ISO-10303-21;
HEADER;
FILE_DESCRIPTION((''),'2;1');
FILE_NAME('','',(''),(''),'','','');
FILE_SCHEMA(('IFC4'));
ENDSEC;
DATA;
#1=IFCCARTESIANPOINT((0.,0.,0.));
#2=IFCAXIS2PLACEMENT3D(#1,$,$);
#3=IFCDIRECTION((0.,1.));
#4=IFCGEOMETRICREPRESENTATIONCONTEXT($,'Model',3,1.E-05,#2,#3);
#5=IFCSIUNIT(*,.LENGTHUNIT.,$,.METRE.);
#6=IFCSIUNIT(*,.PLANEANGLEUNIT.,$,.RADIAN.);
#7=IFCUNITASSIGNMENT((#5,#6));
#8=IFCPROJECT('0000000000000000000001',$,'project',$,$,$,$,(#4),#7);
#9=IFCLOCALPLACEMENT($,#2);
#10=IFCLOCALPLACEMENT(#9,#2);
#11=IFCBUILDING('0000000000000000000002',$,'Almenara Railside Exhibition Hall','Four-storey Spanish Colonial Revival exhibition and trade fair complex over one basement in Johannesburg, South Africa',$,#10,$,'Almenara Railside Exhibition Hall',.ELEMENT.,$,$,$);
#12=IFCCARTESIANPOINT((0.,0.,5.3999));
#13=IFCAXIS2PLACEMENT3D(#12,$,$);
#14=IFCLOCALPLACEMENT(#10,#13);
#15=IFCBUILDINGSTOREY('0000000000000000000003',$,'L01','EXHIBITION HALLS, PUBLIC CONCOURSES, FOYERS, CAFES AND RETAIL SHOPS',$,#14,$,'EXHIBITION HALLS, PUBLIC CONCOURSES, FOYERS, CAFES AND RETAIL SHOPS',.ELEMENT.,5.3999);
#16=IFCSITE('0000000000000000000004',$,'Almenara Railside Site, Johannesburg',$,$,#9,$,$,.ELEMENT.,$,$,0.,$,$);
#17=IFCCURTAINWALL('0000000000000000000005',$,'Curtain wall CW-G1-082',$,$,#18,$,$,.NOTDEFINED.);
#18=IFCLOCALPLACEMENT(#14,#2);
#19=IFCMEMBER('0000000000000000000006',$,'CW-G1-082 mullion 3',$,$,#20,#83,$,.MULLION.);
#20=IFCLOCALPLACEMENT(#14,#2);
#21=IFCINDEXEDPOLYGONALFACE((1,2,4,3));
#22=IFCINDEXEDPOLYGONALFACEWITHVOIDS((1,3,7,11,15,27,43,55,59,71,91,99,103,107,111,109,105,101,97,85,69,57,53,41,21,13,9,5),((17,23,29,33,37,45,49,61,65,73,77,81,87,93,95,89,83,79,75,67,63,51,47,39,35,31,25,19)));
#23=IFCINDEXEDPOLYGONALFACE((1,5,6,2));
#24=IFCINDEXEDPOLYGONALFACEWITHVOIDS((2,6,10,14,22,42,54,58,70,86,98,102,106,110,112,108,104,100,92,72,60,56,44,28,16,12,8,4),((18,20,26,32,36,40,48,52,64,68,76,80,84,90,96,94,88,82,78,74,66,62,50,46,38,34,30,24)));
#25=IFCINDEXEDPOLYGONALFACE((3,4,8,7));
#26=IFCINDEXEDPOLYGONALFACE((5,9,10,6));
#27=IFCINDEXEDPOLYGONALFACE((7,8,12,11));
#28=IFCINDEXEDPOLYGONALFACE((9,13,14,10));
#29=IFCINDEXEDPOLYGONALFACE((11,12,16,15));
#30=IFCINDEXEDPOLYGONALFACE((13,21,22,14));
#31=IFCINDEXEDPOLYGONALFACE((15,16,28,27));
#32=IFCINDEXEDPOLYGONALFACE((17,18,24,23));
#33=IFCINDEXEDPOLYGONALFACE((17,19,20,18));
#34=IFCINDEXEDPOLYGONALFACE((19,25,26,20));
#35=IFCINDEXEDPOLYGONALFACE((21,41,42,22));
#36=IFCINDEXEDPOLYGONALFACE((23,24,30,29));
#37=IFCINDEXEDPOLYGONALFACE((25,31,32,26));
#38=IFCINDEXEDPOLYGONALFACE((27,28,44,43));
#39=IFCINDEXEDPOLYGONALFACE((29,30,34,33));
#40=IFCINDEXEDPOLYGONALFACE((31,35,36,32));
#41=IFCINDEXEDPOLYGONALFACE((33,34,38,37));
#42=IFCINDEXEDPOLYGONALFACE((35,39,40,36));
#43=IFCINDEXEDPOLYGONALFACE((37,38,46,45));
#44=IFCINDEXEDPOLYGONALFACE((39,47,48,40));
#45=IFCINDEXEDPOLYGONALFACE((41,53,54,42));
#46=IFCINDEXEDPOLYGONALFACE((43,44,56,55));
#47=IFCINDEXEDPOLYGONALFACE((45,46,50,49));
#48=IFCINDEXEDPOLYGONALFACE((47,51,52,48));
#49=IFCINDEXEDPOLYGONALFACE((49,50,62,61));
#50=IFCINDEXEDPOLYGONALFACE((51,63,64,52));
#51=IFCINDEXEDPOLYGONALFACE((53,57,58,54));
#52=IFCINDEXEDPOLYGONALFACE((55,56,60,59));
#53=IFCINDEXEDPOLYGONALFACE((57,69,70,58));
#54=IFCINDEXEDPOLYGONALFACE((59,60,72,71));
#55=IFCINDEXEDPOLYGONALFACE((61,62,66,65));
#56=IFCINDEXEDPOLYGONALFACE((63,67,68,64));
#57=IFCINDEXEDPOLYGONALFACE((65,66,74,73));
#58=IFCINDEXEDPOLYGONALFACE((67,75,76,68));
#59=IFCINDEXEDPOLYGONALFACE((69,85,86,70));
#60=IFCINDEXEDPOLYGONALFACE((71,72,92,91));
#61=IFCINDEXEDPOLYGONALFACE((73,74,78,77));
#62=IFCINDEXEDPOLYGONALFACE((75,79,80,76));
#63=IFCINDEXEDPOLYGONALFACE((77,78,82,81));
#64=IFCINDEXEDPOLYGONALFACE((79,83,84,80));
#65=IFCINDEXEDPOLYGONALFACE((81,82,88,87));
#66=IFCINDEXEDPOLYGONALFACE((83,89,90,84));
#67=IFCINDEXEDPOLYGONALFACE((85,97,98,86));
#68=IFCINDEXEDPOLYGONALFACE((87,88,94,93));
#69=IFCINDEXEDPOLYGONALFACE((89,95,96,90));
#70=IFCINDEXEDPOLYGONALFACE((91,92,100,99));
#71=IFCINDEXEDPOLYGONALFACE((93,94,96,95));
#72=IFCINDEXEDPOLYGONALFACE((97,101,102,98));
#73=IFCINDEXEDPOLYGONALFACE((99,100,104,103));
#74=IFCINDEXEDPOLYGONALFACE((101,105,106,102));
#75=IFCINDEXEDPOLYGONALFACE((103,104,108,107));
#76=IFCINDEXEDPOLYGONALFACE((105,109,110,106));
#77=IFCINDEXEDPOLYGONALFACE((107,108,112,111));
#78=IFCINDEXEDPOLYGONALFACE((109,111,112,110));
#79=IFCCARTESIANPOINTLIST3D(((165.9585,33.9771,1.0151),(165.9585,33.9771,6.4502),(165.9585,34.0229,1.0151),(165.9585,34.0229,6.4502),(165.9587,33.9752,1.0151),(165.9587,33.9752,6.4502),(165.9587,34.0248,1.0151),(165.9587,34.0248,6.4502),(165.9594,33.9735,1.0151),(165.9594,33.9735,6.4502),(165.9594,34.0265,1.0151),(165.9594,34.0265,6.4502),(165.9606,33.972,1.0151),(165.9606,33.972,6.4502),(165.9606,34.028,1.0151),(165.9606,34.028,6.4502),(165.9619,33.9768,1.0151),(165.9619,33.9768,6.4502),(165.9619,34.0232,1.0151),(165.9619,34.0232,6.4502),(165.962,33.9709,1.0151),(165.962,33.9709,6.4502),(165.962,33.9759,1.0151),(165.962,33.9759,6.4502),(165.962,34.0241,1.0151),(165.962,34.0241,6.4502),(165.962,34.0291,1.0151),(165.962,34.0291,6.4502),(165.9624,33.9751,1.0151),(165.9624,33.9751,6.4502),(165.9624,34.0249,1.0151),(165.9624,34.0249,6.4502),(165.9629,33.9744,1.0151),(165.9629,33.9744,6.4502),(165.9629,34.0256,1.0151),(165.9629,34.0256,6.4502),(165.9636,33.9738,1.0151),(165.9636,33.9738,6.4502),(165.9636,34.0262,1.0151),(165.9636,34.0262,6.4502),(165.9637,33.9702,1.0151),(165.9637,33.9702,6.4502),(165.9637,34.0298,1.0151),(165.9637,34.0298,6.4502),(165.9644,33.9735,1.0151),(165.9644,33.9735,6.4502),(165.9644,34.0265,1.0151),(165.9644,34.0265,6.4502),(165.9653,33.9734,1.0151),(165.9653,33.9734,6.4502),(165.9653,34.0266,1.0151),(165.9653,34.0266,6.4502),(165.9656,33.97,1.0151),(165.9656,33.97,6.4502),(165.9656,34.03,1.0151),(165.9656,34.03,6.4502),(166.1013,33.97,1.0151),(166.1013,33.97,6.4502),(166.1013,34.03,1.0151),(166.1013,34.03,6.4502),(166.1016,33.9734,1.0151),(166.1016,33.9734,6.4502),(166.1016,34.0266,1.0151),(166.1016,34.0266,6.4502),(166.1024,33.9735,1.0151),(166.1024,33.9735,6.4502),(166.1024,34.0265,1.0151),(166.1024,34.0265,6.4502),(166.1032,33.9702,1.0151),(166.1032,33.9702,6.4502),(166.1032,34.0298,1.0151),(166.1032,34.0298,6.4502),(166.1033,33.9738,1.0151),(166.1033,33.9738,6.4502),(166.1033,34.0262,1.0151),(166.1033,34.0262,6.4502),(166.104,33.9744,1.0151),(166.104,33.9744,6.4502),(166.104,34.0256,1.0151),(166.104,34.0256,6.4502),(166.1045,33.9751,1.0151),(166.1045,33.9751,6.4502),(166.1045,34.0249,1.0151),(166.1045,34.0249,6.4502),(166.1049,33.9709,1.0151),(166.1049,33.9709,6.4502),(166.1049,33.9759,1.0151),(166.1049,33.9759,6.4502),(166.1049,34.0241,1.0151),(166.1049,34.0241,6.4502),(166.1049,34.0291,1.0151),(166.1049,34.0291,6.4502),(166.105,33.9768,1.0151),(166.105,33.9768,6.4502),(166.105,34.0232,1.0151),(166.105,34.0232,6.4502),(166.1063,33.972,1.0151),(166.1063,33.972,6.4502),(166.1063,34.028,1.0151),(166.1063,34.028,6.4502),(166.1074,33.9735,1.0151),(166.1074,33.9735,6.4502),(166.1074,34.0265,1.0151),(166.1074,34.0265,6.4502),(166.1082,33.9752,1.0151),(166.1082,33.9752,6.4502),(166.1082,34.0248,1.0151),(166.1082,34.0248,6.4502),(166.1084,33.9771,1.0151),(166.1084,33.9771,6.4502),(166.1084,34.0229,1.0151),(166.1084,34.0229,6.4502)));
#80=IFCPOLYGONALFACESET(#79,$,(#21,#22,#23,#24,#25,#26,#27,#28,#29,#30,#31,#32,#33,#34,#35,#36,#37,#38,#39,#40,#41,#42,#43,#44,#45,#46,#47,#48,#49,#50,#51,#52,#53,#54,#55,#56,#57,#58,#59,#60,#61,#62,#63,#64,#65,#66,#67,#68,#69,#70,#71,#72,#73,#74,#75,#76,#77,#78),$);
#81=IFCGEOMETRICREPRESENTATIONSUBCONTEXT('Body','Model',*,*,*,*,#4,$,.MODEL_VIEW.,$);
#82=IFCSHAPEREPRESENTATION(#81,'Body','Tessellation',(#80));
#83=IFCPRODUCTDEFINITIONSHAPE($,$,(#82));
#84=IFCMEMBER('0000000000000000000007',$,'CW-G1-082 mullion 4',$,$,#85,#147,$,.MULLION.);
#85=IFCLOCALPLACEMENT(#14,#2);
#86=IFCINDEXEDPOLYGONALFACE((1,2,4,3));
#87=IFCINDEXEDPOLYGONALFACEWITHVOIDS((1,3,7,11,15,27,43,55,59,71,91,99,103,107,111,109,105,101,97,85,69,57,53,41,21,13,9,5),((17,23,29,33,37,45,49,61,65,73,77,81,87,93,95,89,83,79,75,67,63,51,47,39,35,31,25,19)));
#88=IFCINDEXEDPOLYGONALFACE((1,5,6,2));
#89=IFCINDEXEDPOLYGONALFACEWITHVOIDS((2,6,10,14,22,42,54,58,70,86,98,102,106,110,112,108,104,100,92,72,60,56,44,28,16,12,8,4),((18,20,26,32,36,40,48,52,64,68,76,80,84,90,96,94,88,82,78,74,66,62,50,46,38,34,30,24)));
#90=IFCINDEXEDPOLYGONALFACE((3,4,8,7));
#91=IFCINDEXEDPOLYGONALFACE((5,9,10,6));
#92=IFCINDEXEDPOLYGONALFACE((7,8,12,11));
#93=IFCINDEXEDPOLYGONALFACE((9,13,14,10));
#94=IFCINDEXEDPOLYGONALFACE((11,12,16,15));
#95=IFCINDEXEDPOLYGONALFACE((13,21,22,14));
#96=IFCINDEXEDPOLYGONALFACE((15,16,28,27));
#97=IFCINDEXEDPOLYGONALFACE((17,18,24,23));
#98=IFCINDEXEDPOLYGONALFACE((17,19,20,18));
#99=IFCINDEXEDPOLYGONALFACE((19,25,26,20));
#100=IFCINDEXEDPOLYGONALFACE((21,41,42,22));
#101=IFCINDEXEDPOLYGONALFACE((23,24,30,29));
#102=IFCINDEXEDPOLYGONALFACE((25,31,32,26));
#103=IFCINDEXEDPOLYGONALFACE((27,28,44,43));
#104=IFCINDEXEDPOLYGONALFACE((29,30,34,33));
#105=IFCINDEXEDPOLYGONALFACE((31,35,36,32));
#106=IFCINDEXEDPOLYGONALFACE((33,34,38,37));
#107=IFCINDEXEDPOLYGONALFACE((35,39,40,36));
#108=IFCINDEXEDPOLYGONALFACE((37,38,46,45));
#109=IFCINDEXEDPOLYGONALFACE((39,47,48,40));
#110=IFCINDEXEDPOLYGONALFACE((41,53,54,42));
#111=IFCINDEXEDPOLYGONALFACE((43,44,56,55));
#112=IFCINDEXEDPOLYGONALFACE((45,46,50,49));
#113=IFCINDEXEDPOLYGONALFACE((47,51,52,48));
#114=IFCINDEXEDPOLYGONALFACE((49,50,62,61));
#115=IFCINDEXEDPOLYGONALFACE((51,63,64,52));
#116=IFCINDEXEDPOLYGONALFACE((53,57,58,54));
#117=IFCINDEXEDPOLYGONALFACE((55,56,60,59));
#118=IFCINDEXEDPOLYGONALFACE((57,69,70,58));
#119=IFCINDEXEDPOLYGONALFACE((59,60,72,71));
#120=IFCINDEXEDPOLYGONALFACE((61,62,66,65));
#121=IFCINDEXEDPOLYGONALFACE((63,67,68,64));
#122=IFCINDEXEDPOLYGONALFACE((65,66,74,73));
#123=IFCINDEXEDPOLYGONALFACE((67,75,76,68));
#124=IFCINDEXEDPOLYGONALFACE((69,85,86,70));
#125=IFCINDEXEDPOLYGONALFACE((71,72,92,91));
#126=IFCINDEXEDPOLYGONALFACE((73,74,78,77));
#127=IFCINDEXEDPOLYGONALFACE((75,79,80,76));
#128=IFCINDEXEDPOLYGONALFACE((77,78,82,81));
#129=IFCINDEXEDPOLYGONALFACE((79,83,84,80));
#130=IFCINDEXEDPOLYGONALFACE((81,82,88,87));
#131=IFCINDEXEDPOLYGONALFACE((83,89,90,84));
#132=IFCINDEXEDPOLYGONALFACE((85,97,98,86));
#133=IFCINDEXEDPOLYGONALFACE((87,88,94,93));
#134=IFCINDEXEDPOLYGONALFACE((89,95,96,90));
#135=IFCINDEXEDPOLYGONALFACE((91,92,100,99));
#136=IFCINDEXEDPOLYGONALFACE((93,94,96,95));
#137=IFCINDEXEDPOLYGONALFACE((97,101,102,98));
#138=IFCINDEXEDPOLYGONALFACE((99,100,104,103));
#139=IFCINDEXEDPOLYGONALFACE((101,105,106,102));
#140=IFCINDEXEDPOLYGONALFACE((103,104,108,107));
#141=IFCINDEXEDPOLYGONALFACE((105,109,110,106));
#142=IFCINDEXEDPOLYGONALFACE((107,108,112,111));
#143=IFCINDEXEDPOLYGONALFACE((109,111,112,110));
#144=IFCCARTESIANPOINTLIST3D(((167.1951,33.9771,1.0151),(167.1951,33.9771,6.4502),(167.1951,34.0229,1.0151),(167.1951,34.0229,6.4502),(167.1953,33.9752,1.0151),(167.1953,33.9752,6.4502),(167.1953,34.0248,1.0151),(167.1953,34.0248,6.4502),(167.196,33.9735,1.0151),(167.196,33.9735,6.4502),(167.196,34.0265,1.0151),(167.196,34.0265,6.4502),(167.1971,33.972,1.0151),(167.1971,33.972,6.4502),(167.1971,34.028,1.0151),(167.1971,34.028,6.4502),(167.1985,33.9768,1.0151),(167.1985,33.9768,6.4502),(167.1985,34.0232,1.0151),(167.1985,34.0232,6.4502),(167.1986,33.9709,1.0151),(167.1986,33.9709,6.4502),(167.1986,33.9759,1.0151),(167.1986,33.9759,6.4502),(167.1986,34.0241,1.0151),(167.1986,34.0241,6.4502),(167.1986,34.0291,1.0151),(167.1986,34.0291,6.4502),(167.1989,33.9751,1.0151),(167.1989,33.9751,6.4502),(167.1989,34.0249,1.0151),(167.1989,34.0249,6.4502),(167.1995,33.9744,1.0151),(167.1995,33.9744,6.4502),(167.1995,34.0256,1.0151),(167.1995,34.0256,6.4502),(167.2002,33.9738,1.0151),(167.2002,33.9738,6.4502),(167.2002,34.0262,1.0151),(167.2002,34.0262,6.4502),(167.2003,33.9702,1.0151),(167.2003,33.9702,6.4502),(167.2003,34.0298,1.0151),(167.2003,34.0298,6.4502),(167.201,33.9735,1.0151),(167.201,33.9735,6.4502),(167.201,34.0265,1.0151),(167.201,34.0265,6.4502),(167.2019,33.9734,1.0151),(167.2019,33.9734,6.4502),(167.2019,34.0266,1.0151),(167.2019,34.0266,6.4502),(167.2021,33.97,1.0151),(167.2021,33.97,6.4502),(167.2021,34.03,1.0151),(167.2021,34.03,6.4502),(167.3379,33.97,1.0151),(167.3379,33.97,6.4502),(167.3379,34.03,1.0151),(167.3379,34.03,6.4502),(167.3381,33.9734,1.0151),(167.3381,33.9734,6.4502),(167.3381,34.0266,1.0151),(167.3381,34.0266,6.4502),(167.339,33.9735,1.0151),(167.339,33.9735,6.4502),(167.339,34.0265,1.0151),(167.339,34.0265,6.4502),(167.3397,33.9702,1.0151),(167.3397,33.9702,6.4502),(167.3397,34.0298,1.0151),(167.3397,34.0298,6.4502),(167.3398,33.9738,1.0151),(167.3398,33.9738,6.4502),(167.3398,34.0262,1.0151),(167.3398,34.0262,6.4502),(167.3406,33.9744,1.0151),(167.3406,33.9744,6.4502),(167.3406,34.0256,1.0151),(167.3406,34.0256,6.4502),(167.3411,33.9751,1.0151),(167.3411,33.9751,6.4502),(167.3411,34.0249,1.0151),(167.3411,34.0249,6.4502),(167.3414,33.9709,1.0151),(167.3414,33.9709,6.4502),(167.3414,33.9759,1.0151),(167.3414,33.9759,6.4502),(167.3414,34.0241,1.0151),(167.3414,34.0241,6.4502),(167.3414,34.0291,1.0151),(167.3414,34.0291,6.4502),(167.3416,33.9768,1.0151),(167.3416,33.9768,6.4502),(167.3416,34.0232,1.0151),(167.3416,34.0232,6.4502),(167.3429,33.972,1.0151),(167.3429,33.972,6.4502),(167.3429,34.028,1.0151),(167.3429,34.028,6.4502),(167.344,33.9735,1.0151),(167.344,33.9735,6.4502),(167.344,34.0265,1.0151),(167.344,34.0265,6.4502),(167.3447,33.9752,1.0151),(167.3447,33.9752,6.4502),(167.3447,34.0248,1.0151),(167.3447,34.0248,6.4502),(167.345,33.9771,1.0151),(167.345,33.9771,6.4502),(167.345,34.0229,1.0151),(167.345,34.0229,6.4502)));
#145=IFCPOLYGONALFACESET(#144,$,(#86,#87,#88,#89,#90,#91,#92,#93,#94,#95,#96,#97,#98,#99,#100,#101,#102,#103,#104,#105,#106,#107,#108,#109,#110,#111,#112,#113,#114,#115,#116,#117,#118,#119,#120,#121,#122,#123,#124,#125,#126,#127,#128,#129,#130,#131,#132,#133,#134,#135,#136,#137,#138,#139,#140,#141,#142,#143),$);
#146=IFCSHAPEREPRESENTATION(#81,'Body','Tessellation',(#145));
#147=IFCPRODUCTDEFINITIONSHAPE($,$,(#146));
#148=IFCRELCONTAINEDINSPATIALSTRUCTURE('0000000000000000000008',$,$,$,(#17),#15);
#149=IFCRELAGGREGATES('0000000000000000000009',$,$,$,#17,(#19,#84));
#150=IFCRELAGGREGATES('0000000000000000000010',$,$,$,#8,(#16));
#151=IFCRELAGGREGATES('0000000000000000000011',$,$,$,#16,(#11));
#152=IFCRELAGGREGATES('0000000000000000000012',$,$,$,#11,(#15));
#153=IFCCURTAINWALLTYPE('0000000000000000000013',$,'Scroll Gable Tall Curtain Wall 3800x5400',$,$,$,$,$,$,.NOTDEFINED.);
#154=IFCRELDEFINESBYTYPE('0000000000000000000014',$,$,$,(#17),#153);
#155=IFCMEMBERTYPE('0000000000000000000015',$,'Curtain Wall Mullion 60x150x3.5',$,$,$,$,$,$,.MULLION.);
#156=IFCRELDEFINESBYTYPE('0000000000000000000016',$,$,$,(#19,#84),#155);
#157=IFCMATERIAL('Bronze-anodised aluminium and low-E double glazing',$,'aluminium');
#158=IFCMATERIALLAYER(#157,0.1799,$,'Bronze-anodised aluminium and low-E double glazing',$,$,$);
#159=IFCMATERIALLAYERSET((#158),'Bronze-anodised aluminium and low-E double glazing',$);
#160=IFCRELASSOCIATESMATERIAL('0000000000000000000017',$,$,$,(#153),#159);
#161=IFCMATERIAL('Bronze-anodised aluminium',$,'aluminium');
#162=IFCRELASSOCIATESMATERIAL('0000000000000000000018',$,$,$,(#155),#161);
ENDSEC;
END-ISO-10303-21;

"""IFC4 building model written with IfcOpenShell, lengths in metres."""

from ifc_helpers import new_model, si_unit, direction, frame, origin, origin_2d, place, context, subcontext, project, spatial, hollow_rectangle, extrude, material, layer, layer_set, material_profile, profile_set, type_object, element, aggregate, save


model = new_model("IFC4")

# Units and contexts
model_context = context("Model", 3, precision=1e-05, world=origin(), true_north=direction((0.0, 1.0)))
body_context = subcontext(model_context, "Body", "Model", "MODEL_VIEW")
ifc_project = project(units=[si_unit("LENGTHUNIT", "METRE"), si_unit("PLANEANGLEUNIT", "RADIAN")], contexts=[model_context])

# Site, building, storey
site_placement = place(None, origin())
site = spatial("IfcSite", under=ifc_project, at=site_placement, Name="Almenara Railside Site, Johannesburg", CompositionType="ELEMENT", RefElevation=0.0)
building_placement = place(site_placement, origin())
building = spatial("IfcBuilding", under=site, at=building_placement, Name="Almenara Railside Exhibition Hall", Description="Four-storey Spanish Colonial Revival exhibition and trade fair complex over one basement in Johannesburg, South Africa", LongName="Almenara Railside Exhibition Hall", CompositionType="ELEMENT")
storey_placement = place(building_placement, frame((0.0, 0.0, 5.3999)))
storey = spatial("IfcBuildingStorey", under=building, at=storey_placement, Name="L01", Description="EXHIBITION HALLS, PUBLIC CONCOURSES, FOYERS, CAFES AND RETAIL SHOPS", LongName="EXHIBITION HALLS, PUBLIC CONCOURSES, FOYERS, CAFES AND RETAIL SHOPS", CompositionType="ELEMENT", Elevation=5.3999)

# Shared definitions
ifc_material_1 = material(Name="Bronze-anodised aluminium and low-E double glazing", Category="aluminium")
ifc_layer_1 = layer(ifc_material_1, 0.1799, Name="Bronze-anodised aluminium and low-E double glazing")
ifc_layer_set_1 = layer_set([ifc_layer_1], Name="Bronze-anodised aluminium and low-E double glazing")
curtain_wall_type = type_object("IfcCurtainWallType", Name="Scroll Gable Tall Curtain Wall 3800x5400", PredefinedType="NOTDEFINED", material=ifc_layer_set_1)
ifc_material_2 = material(Name="Bronze-anodised aluminium", Category="aluminium")

# Curtain wall, members
curtain_wall_1_placement = place(storey_placement, origin())
curtain_wall_1 = element("IfcCurtainWall", 1, at=curtain_wall_1_placement, inside=storey, type_object=curtain_wall_type, Name="Curtain wall CW-G1-082", PredefinedType="NOTDEFINED")
ifc_material_profile_1 = material_profile(ifc_material_2, hollow_rectangle(XDim=0.0601, YDim=0.1499, WallThickness=0.0034, InnerFilletRadius=0.0034, OuterFilletRadius=0.0071, at=origin_2d()), Name="ALU-MUL 60x150x3.5")
ifc_profile_set_1 = profile_set([ifc_material_profile_1], Name="Bronze-anodised aluminium")
member_type_1 = type_object("IfcMemberType", Name="Curtain Wall Mullion 60x150x3.5", PredefinedType="MULLION", material=ifc_profile_set_1)
member_1_placement = place(storey_placement, frame((166.0334, 34.0, 1.0151), z_axis=(0.0, 0.0, 1.0), x_axis=(0.0, 1.0, 0.0)))
member_1 = element("IfcMember", 2, at=member_1_placement, type_object=member_type_1, Name="CW-G1-082 mullion 3", PredefinedType="MULLION", context=body_context, shape_type="SweptSolid", body=[
    extrude(hollow_rectangle(XDim=0.0601, YDim=0.1499, WallThickness=0.0034, InnerFilletRadius=0.0034, OuterFilletRadius=0.0071, at=origin_2d()), origin(), (0.0, 0.0, 1.0), 5.4351),
])
member_2_placement = place(storey_placement, frame((167.27, 34.0, 1.0151), z_axis=(0.0, 0.0, 1.0), x_axis=(0.0, 1.0, 0.0)))
member_2 = element("IfcMember", 3, at=member_2_placement, type_object=member_type_1, Name="CW-G1-082 mullion 4", PredefinedType="MULLION", context=body_context, shape_type="SweptSolid", body=[
    extrude(hollow_rectangle(XDim=0.0601, YDim=0.1499, WallThickness=0.0034, InnerFilletRadius=0.0034, OuterFilletRadius=0.0071, at=origin_2d()), origin(), (0.0, 0.0, 1.0), 5.4351),
])
aggregate(curtain_wall_1, [member_1, member_2])

save(model, "model.ifc")
